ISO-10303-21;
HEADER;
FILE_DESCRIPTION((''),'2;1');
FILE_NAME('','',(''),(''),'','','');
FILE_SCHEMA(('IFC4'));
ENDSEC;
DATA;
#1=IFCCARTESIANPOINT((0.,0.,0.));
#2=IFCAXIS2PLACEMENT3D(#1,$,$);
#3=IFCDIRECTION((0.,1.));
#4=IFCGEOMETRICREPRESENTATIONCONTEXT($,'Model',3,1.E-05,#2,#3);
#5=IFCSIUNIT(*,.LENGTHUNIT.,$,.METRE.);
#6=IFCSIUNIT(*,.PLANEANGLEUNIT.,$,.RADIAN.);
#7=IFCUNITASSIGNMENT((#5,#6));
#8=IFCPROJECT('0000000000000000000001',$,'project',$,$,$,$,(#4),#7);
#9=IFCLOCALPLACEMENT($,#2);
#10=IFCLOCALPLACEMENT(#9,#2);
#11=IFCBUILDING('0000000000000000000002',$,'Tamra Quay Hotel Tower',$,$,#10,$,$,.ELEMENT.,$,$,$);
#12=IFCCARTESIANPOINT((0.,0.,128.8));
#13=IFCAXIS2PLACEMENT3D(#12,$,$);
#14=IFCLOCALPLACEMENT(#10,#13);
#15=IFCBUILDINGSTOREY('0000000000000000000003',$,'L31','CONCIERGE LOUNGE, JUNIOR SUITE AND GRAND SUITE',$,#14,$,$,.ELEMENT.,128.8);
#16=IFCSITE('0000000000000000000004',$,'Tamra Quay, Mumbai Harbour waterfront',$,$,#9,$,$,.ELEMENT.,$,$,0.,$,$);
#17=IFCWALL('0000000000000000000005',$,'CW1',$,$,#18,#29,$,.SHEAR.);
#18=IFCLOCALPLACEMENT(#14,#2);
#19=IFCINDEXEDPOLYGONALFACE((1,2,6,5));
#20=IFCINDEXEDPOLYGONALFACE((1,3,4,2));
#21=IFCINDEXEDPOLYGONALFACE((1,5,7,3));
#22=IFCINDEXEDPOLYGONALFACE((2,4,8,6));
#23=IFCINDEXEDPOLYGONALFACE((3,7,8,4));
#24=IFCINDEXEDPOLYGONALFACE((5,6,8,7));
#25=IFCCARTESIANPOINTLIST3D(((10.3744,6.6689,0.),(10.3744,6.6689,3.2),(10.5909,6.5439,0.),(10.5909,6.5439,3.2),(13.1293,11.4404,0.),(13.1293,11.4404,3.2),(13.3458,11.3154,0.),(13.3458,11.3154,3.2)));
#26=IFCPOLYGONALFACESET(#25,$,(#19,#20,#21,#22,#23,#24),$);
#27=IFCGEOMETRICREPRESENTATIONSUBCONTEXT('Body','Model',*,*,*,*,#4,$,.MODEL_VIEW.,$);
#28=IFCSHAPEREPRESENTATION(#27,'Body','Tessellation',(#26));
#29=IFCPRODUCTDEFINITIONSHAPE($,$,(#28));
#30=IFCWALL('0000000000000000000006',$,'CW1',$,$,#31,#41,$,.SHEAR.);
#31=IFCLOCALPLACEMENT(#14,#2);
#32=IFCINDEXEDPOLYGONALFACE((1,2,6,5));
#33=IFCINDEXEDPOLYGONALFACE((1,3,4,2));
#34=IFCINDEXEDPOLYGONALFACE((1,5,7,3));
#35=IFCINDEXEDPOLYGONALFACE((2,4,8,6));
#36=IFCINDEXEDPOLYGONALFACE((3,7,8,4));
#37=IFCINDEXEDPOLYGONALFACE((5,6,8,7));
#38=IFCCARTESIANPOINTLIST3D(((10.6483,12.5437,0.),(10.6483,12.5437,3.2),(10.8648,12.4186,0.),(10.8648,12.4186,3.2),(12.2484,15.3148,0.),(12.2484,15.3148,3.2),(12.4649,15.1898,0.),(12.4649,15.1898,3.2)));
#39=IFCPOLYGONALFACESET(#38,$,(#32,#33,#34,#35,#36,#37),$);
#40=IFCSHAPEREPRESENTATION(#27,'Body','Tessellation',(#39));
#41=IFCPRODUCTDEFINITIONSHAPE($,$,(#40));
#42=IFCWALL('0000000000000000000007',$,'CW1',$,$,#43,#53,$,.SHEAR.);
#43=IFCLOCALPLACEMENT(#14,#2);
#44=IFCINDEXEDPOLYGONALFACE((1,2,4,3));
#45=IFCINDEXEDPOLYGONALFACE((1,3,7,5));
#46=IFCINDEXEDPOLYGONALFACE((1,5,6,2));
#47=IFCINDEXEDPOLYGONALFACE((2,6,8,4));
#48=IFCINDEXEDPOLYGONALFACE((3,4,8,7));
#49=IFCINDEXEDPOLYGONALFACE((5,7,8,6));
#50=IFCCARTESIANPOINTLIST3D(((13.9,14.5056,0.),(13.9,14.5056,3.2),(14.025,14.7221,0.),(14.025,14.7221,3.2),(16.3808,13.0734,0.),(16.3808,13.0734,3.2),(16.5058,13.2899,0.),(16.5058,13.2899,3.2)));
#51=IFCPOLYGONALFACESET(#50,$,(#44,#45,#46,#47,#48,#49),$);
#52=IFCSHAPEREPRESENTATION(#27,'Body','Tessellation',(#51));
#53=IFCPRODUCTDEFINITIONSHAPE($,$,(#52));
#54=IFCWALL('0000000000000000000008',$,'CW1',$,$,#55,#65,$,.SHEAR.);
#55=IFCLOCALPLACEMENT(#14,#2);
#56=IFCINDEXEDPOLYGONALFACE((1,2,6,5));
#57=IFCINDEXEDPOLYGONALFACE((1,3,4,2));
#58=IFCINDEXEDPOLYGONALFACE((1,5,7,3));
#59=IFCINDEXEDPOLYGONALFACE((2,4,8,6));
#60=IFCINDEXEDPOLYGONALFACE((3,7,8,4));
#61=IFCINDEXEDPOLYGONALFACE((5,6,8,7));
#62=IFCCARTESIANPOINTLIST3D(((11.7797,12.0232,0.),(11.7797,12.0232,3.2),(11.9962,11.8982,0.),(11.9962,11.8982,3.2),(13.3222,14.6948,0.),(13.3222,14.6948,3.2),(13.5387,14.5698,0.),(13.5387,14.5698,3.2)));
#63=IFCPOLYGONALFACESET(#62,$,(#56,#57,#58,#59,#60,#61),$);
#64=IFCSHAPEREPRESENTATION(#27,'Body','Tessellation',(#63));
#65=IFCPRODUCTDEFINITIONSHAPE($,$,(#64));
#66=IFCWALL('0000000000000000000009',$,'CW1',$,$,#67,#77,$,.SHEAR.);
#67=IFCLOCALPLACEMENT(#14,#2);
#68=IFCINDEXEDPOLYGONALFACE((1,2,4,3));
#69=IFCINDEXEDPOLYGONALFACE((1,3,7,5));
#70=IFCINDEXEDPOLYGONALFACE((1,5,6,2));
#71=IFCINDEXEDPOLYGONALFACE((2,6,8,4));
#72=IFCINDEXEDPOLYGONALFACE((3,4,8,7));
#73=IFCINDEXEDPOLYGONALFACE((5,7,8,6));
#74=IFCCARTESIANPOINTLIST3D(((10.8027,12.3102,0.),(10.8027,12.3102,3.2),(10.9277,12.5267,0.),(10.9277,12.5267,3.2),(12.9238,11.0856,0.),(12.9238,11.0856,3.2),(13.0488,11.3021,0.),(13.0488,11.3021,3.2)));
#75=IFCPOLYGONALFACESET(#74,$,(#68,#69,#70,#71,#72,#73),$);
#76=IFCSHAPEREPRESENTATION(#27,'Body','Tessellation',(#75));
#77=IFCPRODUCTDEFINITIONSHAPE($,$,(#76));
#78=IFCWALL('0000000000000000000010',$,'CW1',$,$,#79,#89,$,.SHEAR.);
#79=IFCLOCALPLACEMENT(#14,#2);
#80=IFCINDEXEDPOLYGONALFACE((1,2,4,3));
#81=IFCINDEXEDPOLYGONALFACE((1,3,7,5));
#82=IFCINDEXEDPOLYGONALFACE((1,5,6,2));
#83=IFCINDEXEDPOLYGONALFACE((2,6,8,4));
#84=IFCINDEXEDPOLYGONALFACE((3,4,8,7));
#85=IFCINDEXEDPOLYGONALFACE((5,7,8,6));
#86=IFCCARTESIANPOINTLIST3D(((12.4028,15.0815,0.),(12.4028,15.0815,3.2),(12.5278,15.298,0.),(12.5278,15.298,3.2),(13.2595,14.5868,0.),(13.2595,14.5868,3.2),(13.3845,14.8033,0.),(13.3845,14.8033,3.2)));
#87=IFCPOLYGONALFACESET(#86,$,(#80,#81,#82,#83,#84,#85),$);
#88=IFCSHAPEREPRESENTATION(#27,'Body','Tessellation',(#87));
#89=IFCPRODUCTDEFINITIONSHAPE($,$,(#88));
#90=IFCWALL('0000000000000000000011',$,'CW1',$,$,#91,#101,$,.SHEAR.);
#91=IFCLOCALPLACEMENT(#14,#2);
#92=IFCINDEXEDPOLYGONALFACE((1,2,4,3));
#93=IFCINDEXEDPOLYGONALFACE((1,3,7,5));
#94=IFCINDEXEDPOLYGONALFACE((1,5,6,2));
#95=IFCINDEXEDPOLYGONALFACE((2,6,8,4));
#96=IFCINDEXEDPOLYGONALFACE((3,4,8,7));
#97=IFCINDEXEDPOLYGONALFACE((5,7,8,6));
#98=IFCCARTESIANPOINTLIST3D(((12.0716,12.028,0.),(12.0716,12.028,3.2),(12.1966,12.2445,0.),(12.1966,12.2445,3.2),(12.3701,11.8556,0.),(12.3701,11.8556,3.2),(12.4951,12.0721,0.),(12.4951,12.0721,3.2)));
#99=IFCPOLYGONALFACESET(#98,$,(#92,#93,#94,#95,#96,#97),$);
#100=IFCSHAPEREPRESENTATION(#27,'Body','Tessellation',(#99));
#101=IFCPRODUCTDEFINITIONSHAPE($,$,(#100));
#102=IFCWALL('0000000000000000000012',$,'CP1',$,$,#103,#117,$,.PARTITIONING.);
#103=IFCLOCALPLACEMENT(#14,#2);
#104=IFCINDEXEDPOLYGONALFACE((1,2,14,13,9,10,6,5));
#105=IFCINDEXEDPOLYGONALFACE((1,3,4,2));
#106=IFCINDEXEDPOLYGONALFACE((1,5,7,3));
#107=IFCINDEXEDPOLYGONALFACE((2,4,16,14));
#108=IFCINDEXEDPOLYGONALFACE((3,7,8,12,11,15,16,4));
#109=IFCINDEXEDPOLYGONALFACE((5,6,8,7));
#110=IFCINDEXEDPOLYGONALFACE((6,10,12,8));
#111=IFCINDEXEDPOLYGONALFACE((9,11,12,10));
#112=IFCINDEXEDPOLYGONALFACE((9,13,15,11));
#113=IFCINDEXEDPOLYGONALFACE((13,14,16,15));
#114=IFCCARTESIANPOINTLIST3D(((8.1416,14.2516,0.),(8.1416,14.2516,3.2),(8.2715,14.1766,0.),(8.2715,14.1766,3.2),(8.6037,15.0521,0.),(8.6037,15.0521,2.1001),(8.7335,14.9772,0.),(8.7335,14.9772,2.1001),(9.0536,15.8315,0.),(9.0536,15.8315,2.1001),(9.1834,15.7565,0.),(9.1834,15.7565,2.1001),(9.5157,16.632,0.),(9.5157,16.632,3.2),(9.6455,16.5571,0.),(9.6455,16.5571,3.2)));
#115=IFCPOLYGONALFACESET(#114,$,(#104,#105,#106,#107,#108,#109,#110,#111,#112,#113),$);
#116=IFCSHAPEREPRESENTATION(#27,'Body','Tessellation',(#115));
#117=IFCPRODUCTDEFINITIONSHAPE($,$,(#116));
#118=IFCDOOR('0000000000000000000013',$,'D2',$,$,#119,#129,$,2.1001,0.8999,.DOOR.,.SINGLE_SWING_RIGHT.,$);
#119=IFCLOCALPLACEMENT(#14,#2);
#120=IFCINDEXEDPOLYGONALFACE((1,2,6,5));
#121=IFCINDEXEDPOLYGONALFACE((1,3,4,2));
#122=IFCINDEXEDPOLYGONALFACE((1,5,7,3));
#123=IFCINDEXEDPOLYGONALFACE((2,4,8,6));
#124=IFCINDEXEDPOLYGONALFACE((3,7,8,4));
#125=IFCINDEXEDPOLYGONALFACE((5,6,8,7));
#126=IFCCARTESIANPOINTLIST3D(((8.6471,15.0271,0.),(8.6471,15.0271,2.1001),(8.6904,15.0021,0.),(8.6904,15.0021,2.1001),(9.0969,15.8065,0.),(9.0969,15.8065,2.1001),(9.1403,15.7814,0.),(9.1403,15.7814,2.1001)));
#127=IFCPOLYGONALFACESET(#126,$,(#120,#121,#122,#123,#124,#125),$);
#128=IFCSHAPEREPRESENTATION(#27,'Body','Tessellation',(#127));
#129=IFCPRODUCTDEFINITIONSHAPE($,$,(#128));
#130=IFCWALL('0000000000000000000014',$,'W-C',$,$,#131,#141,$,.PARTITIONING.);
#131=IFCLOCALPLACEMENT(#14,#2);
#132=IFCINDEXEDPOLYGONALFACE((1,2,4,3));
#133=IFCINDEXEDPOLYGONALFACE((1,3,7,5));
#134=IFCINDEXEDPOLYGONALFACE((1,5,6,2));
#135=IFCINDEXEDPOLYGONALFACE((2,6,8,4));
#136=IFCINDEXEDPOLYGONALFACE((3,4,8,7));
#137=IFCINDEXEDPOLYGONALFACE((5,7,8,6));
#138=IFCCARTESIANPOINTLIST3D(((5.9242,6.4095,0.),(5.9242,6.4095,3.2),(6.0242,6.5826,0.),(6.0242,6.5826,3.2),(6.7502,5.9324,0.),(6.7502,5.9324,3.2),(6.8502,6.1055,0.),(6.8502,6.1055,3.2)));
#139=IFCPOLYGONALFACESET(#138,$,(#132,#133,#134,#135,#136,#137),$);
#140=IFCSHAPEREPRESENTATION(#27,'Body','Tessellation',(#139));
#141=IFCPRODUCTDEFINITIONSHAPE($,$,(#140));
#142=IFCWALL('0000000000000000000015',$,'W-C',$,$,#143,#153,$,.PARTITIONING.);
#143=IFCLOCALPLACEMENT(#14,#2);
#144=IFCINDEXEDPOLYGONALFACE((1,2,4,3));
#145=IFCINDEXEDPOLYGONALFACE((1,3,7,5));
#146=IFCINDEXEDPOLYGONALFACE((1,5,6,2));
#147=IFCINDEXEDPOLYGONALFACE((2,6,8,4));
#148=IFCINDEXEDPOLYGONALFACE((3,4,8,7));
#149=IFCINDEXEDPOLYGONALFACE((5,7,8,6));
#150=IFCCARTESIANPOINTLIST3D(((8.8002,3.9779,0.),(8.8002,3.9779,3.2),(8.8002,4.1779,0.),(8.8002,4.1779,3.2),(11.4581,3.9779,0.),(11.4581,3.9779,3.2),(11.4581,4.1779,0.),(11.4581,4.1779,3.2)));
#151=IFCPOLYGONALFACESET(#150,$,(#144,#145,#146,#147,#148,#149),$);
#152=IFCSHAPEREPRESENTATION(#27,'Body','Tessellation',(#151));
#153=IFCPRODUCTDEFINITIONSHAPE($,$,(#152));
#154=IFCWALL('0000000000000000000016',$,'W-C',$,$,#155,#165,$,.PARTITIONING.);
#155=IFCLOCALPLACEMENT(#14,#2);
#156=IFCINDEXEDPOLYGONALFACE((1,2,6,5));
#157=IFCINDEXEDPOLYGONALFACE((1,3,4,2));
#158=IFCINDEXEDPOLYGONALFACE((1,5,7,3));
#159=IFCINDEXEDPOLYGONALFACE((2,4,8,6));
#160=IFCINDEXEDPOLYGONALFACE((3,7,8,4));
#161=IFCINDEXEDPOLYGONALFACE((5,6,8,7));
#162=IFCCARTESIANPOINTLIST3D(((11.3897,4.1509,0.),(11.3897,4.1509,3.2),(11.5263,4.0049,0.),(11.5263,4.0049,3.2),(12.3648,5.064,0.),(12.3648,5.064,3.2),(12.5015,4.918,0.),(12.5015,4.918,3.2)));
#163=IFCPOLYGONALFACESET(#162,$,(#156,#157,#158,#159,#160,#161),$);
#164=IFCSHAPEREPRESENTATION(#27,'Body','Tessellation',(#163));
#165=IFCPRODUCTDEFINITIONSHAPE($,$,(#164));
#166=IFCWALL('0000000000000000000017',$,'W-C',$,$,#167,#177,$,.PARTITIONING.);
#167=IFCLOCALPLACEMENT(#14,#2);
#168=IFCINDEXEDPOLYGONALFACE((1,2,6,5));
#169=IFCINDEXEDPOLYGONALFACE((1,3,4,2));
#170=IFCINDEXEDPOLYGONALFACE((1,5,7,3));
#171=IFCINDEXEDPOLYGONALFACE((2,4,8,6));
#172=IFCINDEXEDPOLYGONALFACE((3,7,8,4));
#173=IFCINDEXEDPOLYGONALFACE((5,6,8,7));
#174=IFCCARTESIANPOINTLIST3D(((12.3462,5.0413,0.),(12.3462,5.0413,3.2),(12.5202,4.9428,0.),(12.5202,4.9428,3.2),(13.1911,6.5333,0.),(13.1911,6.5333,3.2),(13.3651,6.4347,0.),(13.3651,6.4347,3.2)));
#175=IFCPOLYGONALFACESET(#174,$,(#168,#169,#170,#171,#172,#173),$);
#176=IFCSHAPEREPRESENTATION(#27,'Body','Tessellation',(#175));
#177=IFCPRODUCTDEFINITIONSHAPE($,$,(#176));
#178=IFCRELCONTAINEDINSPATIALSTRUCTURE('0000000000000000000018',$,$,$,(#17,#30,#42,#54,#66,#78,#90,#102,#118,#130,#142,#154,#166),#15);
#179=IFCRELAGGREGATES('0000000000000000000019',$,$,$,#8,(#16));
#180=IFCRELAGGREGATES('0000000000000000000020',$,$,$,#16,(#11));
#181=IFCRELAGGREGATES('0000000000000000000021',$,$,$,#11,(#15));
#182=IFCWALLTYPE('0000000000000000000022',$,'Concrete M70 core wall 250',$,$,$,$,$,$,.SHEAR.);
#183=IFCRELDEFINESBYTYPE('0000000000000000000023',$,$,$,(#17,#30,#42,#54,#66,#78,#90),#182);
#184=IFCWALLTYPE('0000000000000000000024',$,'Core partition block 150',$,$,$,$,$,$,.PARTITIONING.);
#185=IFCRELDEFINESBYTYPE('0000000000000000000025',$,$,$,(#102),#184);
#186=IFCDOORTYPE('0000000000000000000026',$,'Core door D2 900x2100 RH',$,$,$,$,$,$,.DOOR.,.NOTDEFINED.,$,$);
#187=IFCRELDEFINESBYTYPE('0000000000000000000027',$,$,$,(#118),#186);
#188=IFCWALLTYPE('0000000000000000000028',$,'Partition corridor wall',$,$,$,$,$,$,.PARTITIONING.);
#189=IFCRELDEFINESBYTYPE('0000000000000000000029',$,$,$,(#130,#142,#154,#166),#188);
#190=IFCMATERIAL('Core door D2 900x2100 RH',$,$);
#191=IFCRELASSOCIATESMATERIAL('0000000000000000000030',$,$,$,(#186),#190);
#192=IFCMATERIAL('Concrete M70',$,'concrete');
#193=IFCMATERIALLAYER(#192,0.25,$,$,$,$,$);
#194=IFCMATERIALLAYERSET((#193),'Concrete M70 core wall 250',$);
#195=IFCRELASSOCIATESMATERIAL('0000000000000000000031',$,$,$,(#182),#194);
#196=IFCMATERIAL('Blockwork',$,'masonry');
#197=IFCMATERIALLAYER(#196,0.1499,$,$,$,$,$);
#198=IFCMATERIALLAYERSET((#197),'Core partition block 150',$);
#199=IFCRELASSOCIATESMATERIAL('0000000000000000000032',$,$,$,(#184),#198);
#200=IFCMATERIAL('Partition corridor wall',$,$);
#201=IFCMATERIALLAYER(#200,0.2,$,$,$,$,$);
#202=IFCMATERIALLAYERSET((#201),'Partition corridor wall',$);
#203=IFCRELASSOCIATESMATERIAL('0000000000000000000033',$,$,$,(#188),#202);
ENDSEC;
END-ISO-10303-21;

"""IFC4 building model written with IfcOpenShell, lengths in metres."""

from ifc_helpers import new_model, si_unit, direction, frame, frame_2d, origin, place, context, subcontext, project, spatial, rectangle, extrude, material, layer, layer_set, type_object, element, fill, save


model = new_model("IFC4")

# Units and contexts
model_context = context("Model", 3, precision=1e-05, world=origin(), true_north=direction((0.0, 1.0)))
body_context = subcontext(model_context, "Body", "Model", "MODEL_VIEW")
ifc_project = project(units=[si_unit("LENGTHUNIT", "METRE"), si_unit("PLANEANGLEUNIT", "RADIAN")], contexts=[model_context])

# Site, building, storey
site_placement = place(None, origin())
site = spatial("IfcSite", under=ifc_project, at=site_placement, Name="Tamra Quay, Mumbai Harbour waterfront", CompositionType="ELEMENT", RefElevation=0.0)
building_placement = place(site_placement, origin())
building = spatial("IfcBuilding", under=site, at=building_placement, Name="Tamra Quay Hotel Tower", CompositionType="ELEMENT")
storey_placement = place(building_placement, frame((0.0, 0.0, 128.8)))
storey = spatial("IfcBuildingStorey", under=building, at=storey_placement, Name="L31", Description="CONCIERGE LOUNGE, JUNIOR SUITE AND GRAND SUITE", CompositionType="ELEMENT", Elevation=128.8)

# Shared definitions
ifc_material_1 = material(Name="Concrete M70", Category="concrete")
ifc_material_2 = material(Name="Core door D2 900x2100 RH")
door_type_1 = type_object("IfcDoorType", Name="Core door D2 900x2100 RH", OperationType="NOTDEFINED", PredefinedType="DOOR", material=ifc_material_2)

# Shared definitions
ifc_layer_1 = layer(ifc_material_1, 0.25)
ifc_layer_set_1 = layer_set([ifc_layer_1], Name="Concrete M70 core wall 250")
wall_type_1 = type_object("IfcWallType", Name="Concrete M70 core wall 250", PredefinedType="SHEAR", material=ifc_layer_set_1)

# Walls
wall_1_placement = place(storey_placement, frame((13.2375, 11.3779, 0.0), z_axis=(0.0, 0.0, 1.0), x_axis=(-0.500009, -0.86602, 0.0)))
element("IfcWall", 1, at=wall_1_placement, inside=storey, type_object=wall_type_1, Name="CW1", PredefinedType="SHEAR", context=body_context, shape_type="SweptSolid", body=[
    extrude(rectangle(XDim=5.5098, YDim=0.25, at=frame_2d((2.7549, 0.0))), origin(), (0.0, 0.0, 1.0), 3.2),
])
wall_2_placement = place(storey_placement, frame((12.3567, 15.2524, 0.0), z_axis=(0.0, 0.0, 1.0), x_axis=(-0.500028, -0.866009, 0.0)))
element("IfcWall", 2, at=wall_2_placement, inside=storey, type_object=wall_type_1, Name="CW1", PredefinedType="SHEAR", context=body_context, shape_type="SweptSolid", body=[
    extrude(rectangle(XDim=3.2, YDim=0.25, at=frame_2d((1.6001, 0.0))), origin(), (0.0, 0.0, 1.0), 3.2),
])
wall_3_placement = place(storey_placement, frame((13.9626, 14.6138, 0.0), z_axis=(0.0, 0.0, 1.0), x_axis=(0.866042, -0.499971, 0.0)))
element("IfcWall", 3, at=wall_3_placement, inside=storey, type_object=wall_type_1, Name="CW1", PredefinedType="SHEAR", context=body_context, shape_type="SweptSolid", body=[
    extrude(rectangle(XDim=2.8645, YDim=0.25, at=frame_2d((1.4321, 0.0))), origin(), (0.0, 0.0, 1.0), 3.2),
])
wall_4_placement = place(storey_placement, frame((11.8879, 11.9607, 0.0), z_axis=(0.0, 0.0, 1.0), x_axis=(0.500003, 0.866023, 0.0)))
element("IfcWall", 4, at=wall_4_placement, inside=storey, type_object=wall_type_1, Name="CW1", PredefinedType="SHEAR", context=body_context, shape_type="SweptSolid", body=[
    extrude(rectangle(XDim=3.085, YDim=0.25, at=frame_2d((1.5425, 0.0))), origin(), (0.0, 0.0, 1.0), 3.2),
])
wall_5_placement = place(storey_placement, frame((10.8652, 12.4185, 0.0), z_axis=(0.0, 0.0, 1.0), x_axis=(0.866026, -0.499999, 0.0)))
element("IfcWall", 5, at=wall_5_placement, inside=storey, type_object=wall_type_1, Name="CW1", PredefinedType="SHEAR", context=body_context, shape_type="SweptSolid", body=[
    extrude(rectangle(XDim=2.4492, YDim=0.25, at=frame_2d((1.2246, 0.0))), origin(), (0.0, 0.0, 1.0), 3.2),
])
wall_6_placement = place(storey_placement, frame((13.322, 14.6951, 0.0), z_axis=(0.0, 0.0, 1.0), x_axis=(-0.866017, 0.500014, 0.0)))
element("IfcWall", 6, at=wall_6_placement, inside=storey, type_object=wall_type_1, Name="CW1", PredefinedType="SHEAR", context=body_context, shape_type="SweptSolid", body=[
    extrude(rectangle(XDim=0.9893, YDim=0.25, at=frame_2d((0.4946, 0.0))), origin(), (0.0, 0.0, 1.0), 3.2),
])
wall_7_placement = place(storey_placement, frame((12.4326, 11.9639, 0.0), z_axis=(0.0, 0.0, 1.0), x_axis=(-0.866056, 0.499947, 0.0)))
element("IfcWall", 7, at=wall_7_placement, inside=storey, type_object=wall_type_1, Name="CW1", PredefinedType="SHEAR", context=body_context, shape_type="SweptSolid", body=[
    extrude(rectangle(XDim=0.3447, YDim=0.25, at=frame_2d((0.1724, 0.0))), origin(), (0.0, 0.0, 1.0), 3.2),
])

# Wall, opening, door
ifc_material_3 = material(Name="Blockwork", Category="masonry")
ifc_layer_2 = layer(ifc_material_3, 0.1499)
ifc_layer_set_2 = layer_set([ifc_layer_2], Name="Core partition block 150")
wall_type_2 = type_object("IfcWallType", Name="Core partition block 150", PredefinedType="PARTITIONING", material=ifc_layer_set_2)
wall_8_placement = place(storey_placement, frame((8.2065, 14.2141, 0.0), z_axis=(0.0, 0.0, 1.0), x_axis=(0.499922, 0.86607, 0.0)))
wall_8 = element("IfcWall", 8, at=wall_8_placement, inside=storey, type_object=wall_type_2, Name="CP1", PredefinedType="PARTITIONING", context=body_context, shape_type="SweptSolid", body=[
    extrude(rectangle(XDim=2.7485, YDim=0.1499, at=frame_2d((1.3743, 0.0))), origin(), (0.0, 0.0, 1.0), 3.2),
])
opening_1_placement = place(wall_8_placement, frame((0.9243, 0.0, 0.0)))
opening_1 = element("IfcOpeningElement", 9, at=opening_1_placement, cuts=wall_8, PredefinedType="OPENING", context=body_context, shape_type="SweptSolid", body=[
    extrude(rectangle(XDim=0.8999, YDim=2.1001, at=frame_2d((0.45, 1.05))), frame((0.0, 0.085, 0.0), z_axis=(0.0, -1.0, 0.0), x_axis=(1.0, 0.0, 0.0)), (0.0, 0.0, 1.0), 0.1699),
])
door_1_placement = place(opening_1_placement, origin())
door_1 = element("IfcDoor", 10, at=door_1_placement, inside=storey, type_object=door_type_1, Name="D2", OperationType="SINGLE_SWING_RIGHT", OverallHeight=2.1001, OverallWidth=0.8999, PredefinedType="DOOR", context=body_context, shape_type="SweptSolid", body=[
    extrude(rectangle(XDim=0.8999, YDim=2.1001, at=frame_2d((0.45, 1.05))), frame((0.0, 0.0249, 0.0), z_axis=(0.0, -1.0, 0.0), x_axis=(1.0, 0.0, 0.0)), (0.0, 0.0, 1.0), 0.05),
])
fill(opening_1, door_1)

# Walls
ifc_material_4 = material(Name="Partition corridor wall")
ifc_layer_3 = layer(ifc_material_4, 0.2)
ifc_layer_set_3 = layer_set([ifc_layer_3], Name="Partition corridor wall")
wall_type_3 = type_object("IfcWallType", Name="Partition corridor wall", PredefinedType="PARTITIONING", material=ifc_layer_set_3)
wall_9_placement = place(storey_placement, frame((5.9741, 6.4961, 0.0), z_axis=(0.0, 0.0, 1.0), x_axis=(0.865934, -0.500158, 0.0)))
element("IfcWall", 11, at=wall_9_placement, inside=storey, type_object=wall_type_3, Name="W-C", PredefinedType="PARTITIONING", context=body_context, shape_type="SweptSolid", body=[
    extrude(rectangle(XDim=0.9539, YDim=0.2, at=frame_2d((0.4771, 0.0))), origin(), (0.0, 0.0, 1.0), 3.2),
])
wall_10_placement = place(storey_placement, frame((8.8, 4.0779, 0.0), z_axis=(0.0, 0.0, 1.0), x_axis=(1.0, 0.0, 0.0)))
element("IfcWall", 12, at=wall_10_placement, inside=storey, type_object=wall_type_3, Name="W-C", PredefinedType="PARTITIONING", context=body_context, shape_type="SweptSolid", body=[
    extrude(rectangle(XDim=2.658, YDim=0.2, at=frame_2d((1.3291, 0.0))), origin(), (0.0, 0.0, 1.0), 3.2),
])
wall_11_placement = place(storey_placement, frame((11.458, 4.0779, 0.0), z_axis=(0.0, 0.0, 1.0), x_axis=(0.729936, 0.683515, 0.0)))
element("IfcWall", 13, at=wall_11_placement, inside=storey, type_object=wall_type_3, Name="W-C", PredefinedType="PARTITIONING", context=body_context, shape_type="SweptSolid", body=[
    extrude(rectangle(XDim=1.3359, YDim=0.2, at=frame_2d((0.668, 0.0))), origin(), (0.0, 0.0, 1.0), 3.2),
])
wall_12_placement = place(storey_placement, frame((12.4331, 4.9919, 0.0), z_axis=(0.0, 0.0, 1.0), x_axis=(0.492808, 0.870138, 0.0)))
element("IfcWall", 14, at=wall_12_placement, inside=storey, type_object=wall_type_3, Name="W-C", PredefinedType="PARTITIONING", context=body_context, shape_type="SweptSolid", body=[
    extrude(rectangle(XDim=1.7146, YDim=0.2, at=frame_2d((0.8574, 0.0))), origin(), (0.0, 0.0, 1.0), 3.2),
])

save(model, "model.ifc")
